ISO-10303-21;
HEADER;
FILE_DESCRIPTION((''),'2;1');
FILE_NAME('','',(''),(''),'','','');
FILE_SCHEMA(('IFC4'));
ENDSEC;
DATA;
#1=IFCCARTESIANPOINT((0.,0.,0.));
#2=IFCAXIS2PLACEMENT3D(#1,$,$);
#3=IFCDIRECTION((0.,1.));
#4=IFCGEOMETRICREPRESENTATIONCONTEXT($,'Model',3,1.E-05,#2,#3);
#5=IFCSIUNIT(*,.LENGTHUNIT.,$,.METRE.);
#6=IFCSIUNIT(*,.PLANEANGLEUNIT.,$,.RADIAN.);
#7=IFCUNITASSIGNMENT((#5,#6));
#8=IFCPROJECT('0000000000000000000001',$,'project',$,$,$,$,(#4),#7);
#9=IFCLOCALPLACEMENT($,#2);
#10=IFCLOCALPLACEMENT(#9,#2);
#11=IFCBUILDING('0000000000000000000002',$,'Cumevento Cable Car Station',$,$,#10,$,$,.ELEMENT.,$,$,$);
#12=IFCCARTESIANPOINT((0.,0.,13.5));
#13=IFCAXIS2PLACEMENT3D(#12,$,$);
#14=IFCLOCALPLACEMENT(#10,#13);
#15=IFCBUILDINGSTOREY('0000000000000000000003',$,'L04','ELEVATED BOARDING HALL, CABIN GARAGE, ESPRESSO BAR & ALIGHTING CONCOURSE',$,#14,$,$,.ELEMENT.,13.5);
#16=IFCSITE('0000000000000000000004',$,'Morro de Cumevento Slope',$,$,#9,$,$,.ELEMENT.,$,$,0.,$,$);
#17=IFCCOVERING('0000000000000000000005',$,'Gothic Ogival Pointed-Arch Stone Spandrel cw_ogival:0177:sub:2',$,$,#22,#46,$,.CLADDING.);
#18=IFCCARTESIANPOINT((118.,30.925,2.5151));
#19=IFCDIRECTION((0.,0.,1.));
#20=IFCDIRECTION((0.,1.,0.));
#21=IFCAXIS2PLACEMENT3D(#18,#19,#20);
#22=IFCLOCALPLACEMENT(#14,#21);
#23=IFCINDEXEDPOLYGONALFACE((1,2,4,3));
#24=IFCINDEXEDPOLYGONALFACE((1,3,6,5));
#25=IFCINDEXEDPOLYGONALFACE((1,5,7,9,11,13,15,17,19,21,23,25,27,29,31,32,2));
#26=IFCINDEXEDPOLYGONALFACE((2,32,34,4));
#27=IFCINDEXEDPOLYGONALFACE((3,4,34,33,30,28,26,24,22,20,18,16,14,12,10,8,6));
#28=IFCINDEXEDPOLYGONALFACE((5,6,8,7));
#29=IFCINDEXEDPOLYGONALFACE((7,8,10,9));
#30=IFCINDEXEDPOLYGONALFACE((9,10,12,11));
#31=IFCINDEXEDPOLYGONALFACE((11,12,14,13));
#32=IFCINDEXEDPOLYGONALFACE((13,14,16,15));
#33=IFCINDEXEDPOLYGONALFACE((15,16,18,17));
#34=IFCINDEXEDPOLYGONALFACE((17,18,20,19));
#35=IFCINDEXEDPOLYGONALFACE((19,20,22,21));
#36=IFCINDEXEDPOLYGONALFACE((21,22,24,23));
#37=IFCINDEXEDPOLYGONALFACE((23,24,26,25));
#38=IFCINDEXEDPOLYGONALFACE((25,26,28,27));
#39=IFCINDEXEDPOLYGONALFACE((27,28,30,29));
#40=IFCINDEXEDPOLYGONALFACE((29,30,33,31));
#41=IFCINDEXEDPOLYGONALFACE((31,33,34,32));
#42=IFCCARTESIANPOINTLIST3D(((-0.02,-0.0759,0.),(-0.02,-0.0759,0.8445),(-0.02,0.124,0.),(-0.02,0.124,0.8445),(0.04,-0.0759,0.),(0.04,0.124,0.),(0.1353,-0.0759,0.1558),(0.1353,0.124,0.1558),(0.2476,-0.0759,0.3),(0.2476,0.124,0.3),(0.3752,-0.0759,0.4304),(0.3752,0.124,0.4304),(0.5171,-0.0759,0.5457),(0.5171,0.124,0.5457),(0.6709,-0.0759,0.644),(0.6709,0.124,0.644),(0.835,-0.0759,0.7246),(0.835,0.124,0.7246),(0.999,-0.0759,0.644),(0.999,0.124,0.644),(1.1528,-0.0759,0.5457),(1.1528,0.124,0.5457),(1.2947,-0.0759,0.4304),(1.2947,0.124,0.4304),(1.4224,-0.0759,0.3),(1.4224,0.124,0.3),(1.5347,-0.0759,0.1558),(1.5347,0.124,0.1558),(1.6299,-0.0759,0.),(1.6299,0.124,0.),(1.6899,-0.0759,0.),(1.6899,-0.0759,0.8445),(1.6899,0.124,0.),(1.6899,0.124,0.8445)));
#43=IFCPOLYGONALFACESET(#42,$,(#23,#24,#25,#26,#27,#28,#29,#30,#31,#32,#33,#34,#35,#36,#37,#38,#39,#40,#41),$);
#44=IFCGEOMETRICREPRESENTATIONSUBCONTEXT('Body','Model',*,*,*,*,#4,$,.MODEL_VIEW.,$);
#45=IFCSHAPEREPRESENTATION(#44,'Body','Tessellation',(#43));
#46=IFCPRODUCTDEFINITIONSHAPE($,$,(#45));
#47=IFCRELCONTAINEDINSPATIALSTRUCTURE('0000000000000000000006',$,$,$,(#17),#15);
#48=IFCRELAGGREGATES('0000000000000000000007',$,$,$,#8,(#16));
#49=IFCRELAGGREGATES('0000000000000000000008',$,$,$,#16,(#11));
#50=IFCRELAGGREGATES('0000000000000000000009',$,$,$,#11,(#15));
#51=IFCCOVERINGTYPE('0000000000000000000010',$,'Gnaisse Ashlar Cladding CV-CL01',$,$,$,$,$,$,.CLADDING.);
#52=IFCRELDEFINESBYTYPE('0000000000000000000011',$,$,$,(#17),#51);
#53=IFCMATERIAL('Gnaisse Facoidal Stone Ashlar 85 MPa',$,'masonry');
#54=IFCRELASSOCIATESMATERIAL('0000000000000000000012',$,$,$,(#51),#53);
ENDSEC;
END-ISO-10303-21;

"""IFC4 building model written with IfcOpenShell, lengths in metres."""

from ifc_helpers import new_model, si_unit, direction, frame, origin, place, context, subcontext, project, spatial, polyline, outline, extrude, material, type_object, element, save


model = new_model("IFC4")

# Units and contexts
model_context = context("Model", 3, precision=1e-05, world=origin(), true_north=direction((0.0, 1.0)))
body_context = subcontext(model_context, "Body", "Model", "MODEL_VIEW")
ifc_project = project(units=[si_unit("LENGTHUNIT", "METRE"), si_unit("PLANEANGLEUNIT", "RADIAN")], contexts=[model_context])

# Site, building, storey
site_placement = place(None, origin())
site = spatial("IfcSite", under=ifc_project, at=site_placement, Name="Morro de Cumevento Slope", CompositionType="ELEMENT", RefElevation=0.0)
building_placement = place(site_placement, origin())
building = spatial("IfcBuilding", under=site, at=building_placement, Name="Cumevento Cable Car Station", CompositionType="ELEMENT")
storey_placement = place(building_placement, frame((0.0, 0.0, 13.5)))
storey = spatial("IfcBuildingStorey", under=building, at=storey_placement, Name="L04", Description="ELEVATED BOARDING HALL, CABIN GARAGE, ESPRESSO BAR & ALIGHTING CONCOURSE", CompositionType="ELEMENT", Elevation=13.5)

# Covering
ifc_material_1 = material(Name="Gnaisse Facoidal Stone Ashlar 85 MPa", Category="masonry")
covering_type = type_object("IfcCoveringType", Name="Gnaisse Ashlar Cladding CV-CL01", PredefinedType="CLADDING", material=ifc_material_1)
covering_1_placement = place(storey_placement, frame((118.0, 30.925, 2.5151), z_axis=(0.0, 0.0, 1.0), x_axis=(0.0, 1.0, 0.0)))
element("IfcCovering", 1, at=covering_1_placement, inside=storey, type_object=covering_type, Name="Gothic Ogival Pointed-Arch Stone Spandrel cw_ogival:0177:sub:2", PredefinedType="CLADDING", context=body_context, shape_type="SweptSolid", body=[
    extrude(outline(polyline([(-0.02, 0.0), (-0.02, 0.8445), (1.6899, 0.8445), (1.6899, 0.0), (1.6299, 0.0), (1.5347, 0.1558), (1.4224, 0.3), (1.2947, 0.4304), (1.1528, 0.5457), (0.999, 0.644), (0.835, 0.7246), (0.6709, 0.644), (0.5171, 0.5457), (0.3752, 0.4304), (0.2476, 0.3), (0.1353, 0.1558), (0.04, 0.0), (-0.02, 0.0)])), frame((0.0, 0.124, 0.0), z_axis=(0.0, -1.0, 0.0), x_axis=(1.0, 0.0, 0.0)), (0.0, 0.0, 1.0), 0.2),
])

save(model, "model.ifc")
